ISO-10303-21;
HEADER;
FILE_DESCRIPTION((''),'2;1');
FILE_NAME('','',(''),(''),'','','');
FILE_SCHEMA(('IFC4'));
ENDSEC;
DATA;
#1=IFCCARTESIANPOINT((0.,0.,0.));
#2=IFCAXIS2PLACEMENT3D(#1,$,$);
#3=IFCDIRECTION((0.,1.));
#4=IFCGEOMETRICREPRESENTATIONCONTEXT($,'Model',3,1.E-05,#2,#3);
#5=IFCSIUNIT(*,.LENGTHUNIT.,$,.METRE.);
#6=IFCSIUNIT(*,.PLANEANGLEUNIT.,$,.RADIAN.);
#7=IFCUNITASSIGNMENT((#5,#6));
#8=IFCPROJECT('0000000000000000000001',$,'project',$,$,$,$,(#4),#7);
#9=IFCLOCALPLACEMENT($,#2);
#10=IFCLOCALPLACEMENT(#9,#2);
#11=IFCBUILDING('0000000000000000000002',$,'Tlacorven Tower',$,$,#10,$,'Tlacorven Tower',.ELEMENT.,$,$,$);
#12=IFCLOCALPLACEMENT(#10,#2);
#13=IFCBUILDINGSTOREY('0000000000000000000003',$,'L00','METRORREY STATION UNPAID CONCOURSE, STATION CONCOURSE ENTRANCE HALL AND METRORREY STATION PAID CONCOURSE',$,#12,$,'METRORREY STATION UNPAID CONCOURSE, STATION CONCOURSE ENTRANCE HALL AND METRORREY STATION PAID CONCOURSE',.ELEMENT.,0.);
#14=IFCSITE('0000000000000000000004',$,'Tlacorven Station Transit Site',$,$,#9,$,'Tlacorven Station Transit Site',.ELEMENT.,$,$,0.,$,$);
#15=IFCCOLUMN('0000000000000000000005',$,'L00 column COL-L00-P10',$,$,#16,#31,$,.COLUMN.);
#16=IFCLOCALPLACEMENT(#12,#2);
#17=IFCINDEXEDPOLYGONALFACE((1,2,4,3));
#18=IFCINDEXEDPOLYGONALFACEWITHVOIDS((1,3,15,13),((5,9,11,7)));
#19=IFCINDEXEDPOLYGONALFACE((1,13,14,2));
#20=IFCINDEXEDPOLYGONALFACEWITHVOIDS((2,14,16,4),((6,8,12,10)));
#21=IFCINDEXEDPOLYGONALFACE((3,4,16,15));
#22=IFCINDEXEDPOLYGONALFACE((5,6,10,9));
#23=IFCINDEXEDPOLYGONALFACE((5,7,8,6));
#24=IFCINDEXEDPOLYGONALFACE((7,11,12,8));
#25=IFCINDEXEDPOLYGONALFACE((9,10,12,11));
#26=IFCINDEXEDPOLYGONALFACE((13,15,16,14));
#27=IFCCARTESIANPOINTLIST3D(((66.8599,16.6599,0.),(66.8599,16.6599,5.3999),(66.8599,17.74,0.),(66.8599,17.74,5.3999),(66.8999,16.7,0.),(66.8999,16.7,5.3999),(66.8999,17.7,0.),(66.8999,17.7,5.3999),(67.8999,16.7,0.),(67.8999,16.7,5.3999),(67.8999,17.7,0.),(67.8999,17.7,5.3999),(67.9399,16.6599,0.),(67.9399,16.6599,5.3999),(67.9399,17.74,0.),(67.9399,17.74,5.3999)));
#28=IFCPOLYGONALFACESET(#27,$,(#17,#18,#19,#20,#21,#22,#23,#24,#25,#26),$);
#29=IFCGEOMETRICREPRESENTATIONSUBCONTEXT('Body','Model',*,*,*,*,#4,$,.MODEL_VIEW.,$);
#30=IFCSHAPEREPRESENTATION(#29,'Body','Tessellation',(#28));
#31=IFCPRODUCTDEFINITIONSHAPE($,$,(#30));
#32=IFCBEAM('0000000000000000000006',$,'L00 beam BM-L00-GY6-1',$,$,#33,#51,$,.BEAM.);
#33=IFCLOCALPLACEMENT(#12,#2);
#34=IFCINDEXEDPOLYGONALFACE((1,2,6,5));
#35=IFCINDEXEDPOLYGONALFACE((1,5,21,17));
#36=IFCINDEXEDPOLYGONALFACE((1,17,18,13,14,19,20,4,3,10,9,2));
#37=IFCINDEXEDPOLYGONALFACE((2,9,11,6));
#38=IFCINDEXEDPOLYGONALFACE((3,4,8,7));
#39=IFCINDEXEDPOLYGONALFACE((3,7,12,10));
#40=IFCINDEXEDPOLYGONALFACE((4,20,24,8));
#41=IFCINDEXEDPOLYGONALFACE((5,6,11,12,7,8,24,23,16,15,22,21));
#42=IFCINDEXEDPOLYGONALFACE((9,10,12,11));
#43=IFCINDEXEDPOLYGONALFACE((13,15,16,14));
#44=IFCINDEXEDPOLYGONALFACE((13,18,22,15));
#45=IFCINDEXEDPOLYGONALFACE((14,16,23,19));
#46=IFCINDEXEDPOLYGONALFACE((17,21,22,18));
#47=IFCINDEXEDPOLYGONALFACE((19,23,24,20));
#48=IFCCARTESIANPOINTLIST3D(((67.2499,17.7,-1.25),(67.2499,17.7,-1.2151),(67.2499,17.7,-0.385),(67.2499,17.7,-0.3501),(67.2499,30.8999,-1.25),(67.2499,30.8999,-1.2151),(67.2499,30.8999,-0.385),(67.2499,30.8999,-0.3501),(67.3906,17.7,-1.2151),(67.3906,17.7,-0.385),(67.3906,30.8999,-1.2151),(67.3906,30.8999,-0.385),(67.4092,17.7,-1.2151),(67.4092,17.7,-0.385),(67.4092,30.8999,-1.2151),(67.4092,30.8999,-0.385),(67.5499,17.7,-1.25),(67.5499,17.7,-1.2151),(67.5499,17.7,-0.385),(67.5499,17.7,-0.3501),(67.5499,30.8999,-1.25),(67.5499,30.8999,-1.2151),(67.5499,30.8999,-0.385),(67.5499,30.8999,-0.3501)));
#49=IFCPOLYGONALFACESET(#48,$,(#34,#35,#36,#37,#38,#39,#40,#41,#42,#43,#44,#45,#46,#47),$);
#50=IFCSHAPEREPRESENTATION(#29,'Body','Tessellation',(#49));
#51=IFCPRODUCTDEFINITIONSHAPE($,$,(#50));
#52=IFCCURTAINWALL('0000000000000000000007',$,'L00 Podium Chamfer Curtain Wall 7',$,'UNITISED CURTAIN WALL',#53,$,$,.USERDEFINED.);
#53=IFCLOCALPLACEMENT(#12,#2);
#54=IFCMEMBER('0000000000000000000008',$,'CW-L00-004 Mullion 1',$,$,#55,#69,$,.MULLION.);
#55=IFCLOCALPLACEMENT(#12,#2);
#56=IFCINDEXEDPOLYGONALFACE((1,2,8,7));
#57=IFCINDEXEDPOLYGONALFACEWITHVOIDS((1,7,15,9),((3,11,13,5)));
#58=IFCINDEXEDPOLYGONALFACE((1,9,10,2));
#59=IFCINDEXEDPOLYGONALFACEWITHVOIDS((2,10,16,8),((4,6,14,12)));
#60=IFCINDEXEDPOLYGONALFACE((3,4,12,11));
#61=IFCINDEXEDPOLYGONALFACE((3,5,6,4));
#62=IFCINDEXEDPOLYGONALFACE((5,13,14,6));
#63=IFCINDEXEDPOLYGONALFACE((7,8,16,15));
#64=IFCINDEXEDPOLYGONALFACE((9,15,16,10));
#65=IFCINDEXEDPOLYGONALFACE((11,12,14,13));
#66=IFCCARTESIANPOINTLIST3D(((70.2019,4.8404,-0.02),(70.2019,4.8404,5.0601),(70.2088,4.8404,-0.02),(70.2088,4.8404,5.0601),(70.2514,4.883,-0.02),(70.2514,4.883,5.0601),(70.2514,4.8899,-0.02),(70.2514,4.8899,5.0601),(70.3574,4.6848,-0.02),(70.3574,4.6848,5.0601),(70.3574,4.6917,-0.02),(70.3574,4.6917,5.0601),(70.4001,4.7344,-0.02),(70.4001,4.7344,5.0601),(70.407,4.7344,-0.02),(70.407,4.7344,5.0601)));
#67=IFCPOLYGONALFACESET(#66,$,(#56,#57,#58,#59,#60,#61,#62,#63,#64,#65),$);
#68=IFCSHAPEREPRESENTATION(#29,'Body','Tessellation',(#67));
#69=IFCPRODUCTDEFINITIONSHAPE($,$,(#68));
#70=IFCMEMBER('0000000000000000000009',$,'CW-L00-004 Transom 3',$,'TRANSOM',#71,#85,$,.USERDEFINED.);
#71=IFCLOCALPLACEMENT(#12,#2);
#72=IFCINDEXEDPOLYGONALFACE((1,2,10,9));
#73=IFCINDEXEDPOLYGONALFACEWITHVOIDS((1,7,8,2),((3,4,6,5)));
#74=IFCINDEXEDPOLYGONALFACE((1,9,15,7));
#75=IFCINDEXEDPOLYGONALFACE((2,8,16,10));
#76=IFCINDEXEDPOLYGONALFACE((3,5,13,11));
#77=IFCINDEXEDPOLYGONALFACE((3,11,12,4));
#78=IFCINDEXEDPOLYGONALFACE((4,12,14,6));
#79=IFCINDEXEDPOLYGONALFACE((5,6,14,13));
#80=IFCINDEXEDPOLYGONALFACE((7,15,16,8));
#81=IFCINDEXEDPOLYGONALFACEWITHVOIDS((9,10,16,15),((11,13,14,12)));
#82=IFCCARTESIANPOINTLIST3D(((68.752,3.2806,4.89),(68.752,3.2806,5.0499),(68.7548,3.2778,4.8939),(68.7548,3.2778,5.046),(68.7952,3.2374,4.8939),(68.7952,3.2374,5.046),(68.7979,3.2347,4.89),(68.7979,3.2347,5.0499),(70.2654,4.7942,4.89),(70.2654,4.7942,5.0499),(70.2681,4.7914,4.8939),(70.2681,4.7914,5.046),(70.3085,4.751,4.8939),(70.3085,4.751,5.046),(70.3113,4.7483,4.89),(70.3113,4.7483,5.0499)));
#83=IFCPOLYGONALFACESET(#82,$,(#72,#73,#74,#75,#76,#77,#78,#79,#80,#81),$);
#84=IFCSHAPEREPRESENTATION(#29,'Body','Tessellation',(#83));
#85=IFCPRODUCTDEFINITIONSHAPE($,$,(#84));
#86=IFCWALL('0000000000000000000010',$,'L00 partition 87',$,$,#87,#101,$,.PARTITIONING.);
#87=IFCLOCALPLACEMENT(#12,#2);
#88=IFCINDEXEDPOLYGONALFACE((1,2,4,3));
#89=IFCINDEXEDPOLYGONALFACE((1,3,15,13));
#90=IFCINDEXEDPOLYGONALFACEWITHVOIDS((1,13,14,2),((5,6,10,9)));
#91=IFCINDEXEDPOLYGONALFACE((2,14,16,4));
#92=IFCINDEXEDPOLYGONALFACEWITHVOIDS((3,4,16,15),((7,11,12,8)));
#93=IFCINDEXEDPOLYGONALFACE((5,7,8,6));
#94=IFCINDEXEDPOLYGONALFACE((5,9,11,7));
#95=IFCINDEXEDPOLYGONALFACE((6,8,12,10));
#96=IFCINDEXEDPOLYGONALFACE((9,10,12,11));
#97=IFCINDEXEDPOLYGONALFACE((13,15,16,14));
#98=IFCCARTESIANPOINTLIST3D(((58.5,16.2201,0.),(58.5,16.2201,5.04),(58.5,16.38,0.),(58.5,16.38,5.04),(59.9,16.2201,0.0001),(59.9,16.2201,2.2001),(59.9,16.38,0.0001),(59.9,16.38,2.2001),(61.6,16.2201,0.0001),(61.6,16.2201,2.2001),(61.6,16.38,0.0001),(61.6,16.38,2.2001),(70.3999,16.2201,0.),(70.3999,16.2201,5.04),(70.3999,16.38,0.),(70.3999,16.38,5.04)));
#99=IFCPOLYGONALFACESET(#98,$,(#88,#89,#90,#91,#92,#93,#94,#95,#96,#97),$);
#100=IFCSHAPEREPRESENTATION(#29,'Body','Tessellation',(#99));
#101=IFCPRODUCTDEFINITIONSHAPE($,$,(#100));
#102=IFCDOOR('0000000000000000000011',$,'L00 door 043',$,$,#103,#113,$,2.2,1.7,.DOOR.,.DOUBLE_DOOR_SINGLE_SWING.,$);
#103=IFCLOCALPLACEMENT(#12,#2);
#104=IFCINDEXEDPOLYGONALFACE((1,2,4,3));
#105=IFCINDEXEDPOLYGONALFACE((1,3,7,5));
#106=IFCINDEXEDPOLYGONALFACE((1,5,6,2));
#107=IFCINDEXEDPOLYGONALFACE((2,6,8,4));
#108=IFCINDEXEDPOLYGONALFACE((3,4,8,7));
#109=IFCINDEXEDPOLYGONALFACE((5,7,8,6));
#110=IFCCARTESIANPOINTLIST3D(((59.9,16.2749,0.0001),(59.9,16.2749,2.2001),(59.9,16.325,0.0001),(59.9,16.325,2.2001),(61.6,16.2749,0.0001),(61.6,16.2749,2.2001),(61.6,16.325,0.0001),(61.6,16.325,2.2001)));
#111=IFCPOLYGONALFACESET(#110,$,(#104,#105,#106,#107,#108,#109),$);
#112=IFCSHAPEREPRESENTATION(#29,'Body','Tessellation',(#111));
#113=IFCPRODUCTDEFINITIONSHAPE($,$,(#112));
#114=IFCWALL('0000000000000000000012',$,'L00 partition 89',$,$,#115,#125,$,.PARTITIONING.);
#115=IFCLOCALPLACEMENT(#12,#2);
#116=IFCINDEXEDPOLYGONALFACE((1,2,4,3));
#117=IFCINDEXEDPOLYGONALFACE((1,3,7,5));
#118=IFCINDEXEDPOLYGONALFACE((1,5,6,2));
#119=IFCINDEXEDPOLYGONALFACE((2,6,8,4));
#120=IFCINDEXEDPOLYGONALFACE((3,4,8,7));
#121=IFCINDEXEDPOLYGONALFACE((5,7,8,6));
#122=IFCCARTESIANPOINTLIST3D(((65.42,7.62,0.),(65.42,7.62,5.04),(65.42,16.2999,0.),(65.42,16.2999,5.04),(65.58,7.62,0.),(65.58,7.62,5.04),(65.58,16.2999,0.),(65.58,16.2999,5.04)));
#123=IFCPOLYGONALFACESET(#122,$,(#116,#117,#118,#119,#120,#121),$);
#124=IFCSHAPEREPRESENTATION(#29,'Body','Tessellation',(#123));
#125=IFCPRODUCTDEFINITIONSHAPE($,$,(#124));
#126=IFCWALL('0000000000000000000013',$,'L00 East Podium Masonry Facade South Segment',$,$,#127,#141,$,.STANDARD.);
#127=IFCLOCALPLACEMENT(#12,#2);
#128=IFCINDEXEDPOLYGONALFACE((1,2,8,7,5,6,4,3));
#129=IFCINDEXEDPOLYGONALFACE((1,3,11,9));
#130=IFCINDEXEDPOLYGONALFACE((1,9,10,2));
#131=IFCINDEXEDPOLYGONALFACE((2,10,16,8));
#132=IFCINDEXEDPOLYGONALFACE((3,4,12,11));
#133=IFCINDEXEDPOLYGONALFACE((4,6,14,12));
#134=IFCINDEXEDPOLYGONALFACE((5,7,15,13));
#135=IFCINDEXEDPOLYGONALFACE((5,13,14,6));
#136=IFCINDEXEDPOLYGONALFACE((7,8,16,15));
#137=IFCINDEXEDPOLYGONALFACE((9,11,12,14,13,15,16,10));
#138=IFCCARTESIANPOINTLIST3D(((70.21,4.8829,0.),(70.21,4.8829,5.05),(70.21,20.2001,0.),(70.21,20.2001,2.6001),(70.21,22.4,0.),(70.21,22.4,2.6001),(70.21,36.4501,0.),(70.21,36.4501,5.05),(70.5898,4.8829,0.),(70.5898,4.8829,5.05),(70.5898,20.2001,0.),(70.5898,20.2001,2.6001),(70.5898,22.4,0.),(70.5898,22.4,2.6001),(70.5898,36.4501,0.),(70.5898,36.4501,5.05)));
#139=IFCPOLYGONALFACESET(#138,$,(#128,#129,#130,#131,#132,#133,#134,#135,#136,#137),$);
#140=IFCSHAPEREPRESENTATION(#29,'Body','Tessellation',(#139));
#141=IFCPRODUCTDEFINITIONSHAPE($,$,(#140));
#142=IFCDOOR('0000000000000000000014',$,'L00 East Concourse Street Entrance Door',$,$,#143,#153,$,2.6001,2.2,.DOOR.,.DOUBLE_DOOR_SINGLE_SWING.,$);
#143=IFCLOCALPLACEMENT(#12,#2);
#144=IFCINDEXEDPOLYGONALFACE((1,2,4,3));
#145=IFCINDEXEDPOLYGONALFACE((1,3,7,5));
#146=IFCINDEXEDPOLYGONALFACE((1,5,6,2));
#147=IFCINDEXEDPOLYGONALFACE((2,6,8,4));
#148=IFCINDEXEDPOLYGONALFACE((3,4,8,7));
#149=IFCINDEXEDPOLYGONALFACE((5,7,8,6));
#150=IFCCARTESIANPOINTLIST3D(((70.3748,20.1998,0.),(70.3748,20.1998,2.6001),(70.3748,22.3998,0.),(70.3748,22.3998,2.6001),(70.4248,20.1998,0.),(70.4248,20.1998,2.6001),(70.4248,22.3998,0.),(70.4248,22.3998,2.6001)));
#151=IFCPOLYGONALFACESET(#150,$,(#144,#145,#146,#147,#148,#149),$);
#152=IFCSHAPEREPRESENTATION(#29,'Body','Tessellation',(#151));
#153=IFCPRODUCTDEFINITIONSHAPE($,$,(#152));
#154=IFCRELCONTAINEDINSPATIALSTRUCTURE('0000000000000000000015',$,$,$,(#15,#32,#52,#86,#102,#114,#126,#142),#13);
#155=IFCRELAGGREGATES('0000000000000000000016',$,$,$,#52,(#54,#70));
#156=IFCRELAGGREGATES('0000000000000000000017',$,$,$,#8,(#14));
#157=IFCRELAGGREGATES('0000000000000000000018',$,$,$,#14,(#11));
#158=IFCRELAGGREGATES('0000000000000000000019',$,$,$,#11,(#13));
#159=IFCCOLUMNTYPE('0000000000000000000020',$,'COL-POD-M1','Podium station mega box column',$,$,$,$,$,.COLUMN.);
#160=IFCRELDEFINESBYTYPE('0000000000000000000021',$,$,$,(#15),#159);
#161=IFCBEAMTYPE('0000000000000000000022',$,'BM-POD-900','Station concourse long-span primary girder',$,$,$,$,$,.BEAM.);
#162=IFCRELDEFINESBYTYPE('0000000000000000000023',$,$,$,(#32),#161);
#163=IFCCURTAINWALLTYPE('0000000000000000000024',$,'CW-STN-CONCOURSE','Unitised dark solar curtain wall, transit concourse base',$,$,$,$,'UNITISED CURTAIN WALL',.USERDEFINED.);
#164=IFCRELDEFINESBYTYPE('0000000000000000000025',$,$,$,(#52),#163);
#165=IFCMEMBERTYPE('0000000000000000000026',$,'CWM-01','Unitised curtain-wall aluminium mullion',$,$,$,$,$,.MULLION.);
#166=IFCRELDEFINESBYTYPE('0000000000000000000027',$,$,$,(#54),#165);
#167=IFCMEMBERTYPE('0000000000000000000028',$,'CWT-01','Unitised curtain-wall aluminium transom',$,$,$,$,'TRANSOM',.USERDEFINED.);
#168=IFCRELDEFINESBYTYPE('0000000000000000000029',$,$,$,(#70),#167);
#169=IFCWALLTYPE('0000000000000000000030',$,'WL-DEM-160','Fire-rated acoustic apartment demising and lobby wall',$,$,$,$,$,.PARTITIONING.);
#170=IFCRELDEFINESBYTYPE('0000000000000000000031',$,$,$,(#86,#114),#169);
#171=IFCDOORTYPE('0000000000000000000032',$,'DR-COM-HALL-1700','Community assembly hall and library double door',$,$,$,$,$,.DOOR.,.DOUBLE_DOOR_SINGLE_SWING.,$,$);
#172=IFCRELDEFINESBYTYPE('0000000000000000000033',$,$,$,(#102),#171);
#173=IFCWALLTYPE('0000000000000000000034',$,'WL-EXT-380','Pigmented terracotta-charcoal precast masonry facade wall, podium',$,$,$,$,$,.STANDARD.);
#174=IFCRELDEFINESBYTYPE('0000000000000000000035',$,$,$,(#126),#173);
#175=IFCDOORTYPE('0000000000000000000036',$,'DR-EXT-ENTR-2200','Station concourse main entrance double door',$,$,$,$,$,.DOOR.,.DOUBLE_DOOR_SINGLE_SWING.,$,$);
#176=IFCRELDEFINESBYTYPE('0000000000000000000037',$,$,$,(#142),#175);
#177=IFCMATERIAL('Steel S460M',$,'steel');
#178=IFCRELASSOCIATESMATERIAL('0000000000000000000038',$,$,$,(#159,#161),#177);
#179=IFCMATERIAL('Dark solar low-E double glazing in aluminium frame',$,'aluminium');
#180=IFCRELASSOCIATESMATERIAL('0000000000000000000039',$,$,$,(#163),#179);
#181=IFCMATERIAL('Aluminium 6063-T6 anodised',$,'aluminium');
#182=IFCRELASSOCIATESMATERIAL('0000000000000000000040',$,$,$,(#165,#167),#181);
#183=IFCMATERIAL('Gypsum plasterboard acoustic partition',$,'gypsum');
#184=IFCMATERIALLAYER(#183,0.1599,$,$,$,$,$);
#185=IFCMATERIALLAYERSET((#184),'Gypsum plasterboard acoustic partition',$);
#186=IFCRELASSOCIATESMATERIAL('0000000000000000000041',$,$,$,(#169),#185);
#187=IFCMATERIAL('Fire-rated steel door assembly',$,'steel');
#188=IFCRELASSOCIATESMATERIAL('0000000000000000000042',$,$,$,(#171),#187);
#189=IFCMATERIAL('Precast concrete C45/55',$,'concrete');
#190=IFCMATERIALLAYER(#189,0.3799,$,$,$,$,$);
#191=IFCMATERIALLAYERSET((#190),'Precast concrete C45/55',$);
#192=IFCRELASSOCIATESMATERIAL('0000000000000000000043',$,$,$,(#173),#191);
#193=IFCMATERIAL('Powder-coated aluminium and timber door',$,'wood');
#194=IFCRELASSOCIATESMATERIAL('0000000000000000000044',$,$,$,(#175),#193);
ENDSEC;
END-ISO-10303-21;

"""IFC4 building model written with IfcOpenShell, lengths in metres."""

from ifc_helpers import new_model, si_unit, direction, frame, frame_2d, origin, origin_2d, place, context, subcontext, project, spatial, rectangle, hollow_rectangle, i_section, extrude, source, transform, mapped, material, layer, layer_set, material_profile, profile_set, type_object, element, fill, aggregate, save


model = new_model("IFC4")

# Units and contexts
model_context = context("Model", 3, precision=1e-05, world=origin(), true_north=direction((0.0, 1.0)))
body_context = subcontext(model_context, "Body", "Model", "MODEL_VIEW")
ifc_project = project(units=[si_unit("LENGTHUNIT", "METRE"), si_unit("PLANEANGLEUNIT", "RADIAN")], contexts=[model_context])

# Site, building, storey
site_placement = place(None, origin())
site = spatial("IfcSite", under=ifc_project, at=site_placement, Name="Tlacorven Station Transit Site", LongName="Tlacorven Station Transit Site", CompositionType="ELEMENT", RefElevation=0.0)
building_placement = place(site_placement, origin())
building = spatial("IfcBuilding", under=site, at=building_placement, Name="Tlacorven Tower", LongName="Tlacorven Tower", CompositionType="ELEMENT")
storey_placement = place(building_placement, origin())
storey = spatial("IfcBuildingStorey", under=building, at=storey_placement, Name="L00", Description="METRORREY STATION UNPAID CONCOURSE, STATION CONCOURSE ENTRANCE HALL AND METRORREY STATION PAID CONCOURSE", LongName="METRORREY STATION UNPAID CONCOURSE, STATION CONCOURSE ENTRANCE HALL AND METRORREY STATION PAID CONCOURSE", CompositionType="ELEMENT", Elevation=0.0)

# Column
ifc_material_1 = material(Name="Steel S460M", Category="steel")
ifc_material_profile_1 = material_profile(ifc_material_1, hollow_rectangle(XDim=1.0801, YDim=1.0801, WallThickness=0.04, at=origin_2d()), Name="BOX 1080X1080X40")
ifc_profile_set_1 = profile_set([ifc_material_profile_1], Name="Steel S460M")
column_type = type_object("IfcColumnType", Name="COL-POD-M1", Description="Podium station mega box column", PredefinedType="COLUMN", material=ifc_profile_set_1)
shared_shape_1 = source(origin(), body_context, "Body", "SweptSolid", [
    extrude(hollow_rectangle(XDim=1.0801, YDim=1.0801, WallThickness=0.04, at=origin_2d()), origin(), (0.0, 0.0, 1.0), 5.3999),
])
column_placement = place(storey_placement, frame((67.3999, 17.2, 0.0), z_axis=(0.0, 0.0, 1.0), x_axis=(1.0, 0.0, 0.0)))
element("IfcColumn", 1, at=column_placement, inside=storey, type_object=column_type, Name="L00 column COL-L00-P10", PredefinedType="COLUMN", context=body_context, shape_type="MappedRepresentation", body=[
    mapped(shared_shape_1, transform((0.0, 0.0, 0.0), scale=1.0)),
])

# Beam
ifc_material_profile_2 = material_profile(ifc_material_1, i_section(OverallWidth=0.3, OverallDepth=0.8999, WebThickness=0.0186, FlangeThickness=0.0349, at=origin_2d()), Name="HEB 900")
ifc_profile_set_2 = profile_set([ifc_material_profile_2], Name="Steel S460M")
beam_type = type_object("IfcBeamType", Name="BM-POD-900", Description="Station concourse long-span primary girder", PredefinedType="BEAM", material=ifc_profile_set_2)
shared_shape_2 = source(origin(), body_context, "Body", "SweptSolid", [
    extrude(i_section(OverallWidth=0.3, OverallDepth=0.8999, WebThickness=0.0186, FlangeThickness=0.0349, at=origin_2d()), origin(), (0.0, 0.0, 1.0), 13.2),
])
beam_placement = place(storey_placement, frame((67.3999, 17.7, -0.8), z_axis=(0.0, 1.0, 0.0), x_axis=(-1.0, 0.0, 0.0)))
element("IfcBeam", 2, at=beam_placement, inside=storey, type_object=beam_type, Name="L00 beam BM-L00-GY6-1", PredefinedType="BEAM", context=body_context, shape_type="MappedRepresentation", body=[
    mapped(shared_shape_2, transform((0.0, 0.0, 0.0), scale=1.0)),
])

# Curtain wall, members
ifc_material_2 = material(Name="Dark solar low-E double glazing in aluminium frame", Category="aluminium")
curtain_wall_type = type_object("IfcCurtainWallType", Name="CW-STN-CONCOURSE", Description="Unitised dark solar curtain wall, transit concourse base", ElementType="UNITISED CURTAIN WALL", PredefinedType="USERDEFINED", material=ifc_material_2)
curtain_wall_placement = place(storey_placement, origin())
curtain_wall = element("IfcCurtainWall", 3, at=curtain_wall_placement, inside=storey, type_object=curtain_wall_type, Name="L00 Podium Chamfer Curtain Wall 7", ObjectType="UNITISED CURTAIN WALL", PredefinedType="USERDEFINED")
ifc_material_3 = material(Name="Aluminium 6063-T6 anodised", Category="aluminium")
ifc_material_profile_3 = material_profile(ifc_material_3, hollow_rectangle(XDim=0.0701, YDim=0.22, WallThickness=0.0049, at=origin_2d()), Name="ALU MULLION 70X220")
ifc_profile_set_3 = profile_set([ifc_material_profile_3], Name="Aluminium 6063-T6 anodised")
member_type_1 = type_object("IfcMemberType", Name="CWM-01", Description="Unitised curtain-wall aluminium mullion", PredefinedType="MULLION", material=ifc_profile_set_3)
shared_shape_3 = source(origin(), body_context, "Body", "SweptSolid", [
    extrude(hollow_rectangle(XDim=0.0701, YDim=0.22, WallThickness=0.0049, at=origin_2d()), origin(), (0.0, 0.0, 1.0), 5.0801),
])
member_1_placement = place(storey_placement, frame((70.3044, 4.7874, -0.02), z_axis=(0.0, 0.0, 1.0), x_axis=(-0.707107, -0.707107, 0.0)))
member_1 = element("IfcMember", 4, at=member_1_placement, type_object=member_type_1, Name="CW-L00-004 Mullion 1", PredefinedType="MULLION", context=body_context, shape_type="MappedRepresentation", body=[
    mapped(shared_shape_3, transform((0.0, 0.0, 0.0), scale=1.0)),
])
ifc_material_profile_4 = material_profile(ifc_material_3, hollow_rectangle(XDim=0.0649, YDim=0.1599, WallThickness=0.0039, at=origin_2d()), Name="ALU TRANSOM 65X160")
ifc_profile_set_4 = profile_set([ifc_material_profile_4], Name="Aluminium 6063-T6 anodised")
member_type_2 = type_object("IfcMemberType", Name="CWT-01", Description="Unitised curtain-wall aluminium transom", ElementType="TRANSOM", PredefinedType="USERDEFINED", material=ifc_profile_set_4)
shared_shape_4 = source(origin(), body_context, "Body", "SweptSolid", [
    extrude(hollow_rectangle(XDim=0.0649, YDim=0.1599, WallThickness=0.0039, at=origin_2d()), origin(), (0.0, 0.0, 1.0), 2.1404),
])
member_2_placement = place(storey_placement, frame((70.2883, 4.7712, 4.97), z_axis=(-0.70705, -0.707164, 0.0), x_axis=(0.707164, -0.70705, 0.0)))
member_2 = element("IfcMember", 5, at=member_2_placement, type_object=member_type_2, Name="CW-L00-004 Transom 3", ObjectType="TRANSOM", PredefinedType="USERDEFINED", context=body_context, shape_type="MappedRepresentation", body=[
    mapped(shared_shape_4, transform((0.0, 0.0, 0.0), scale=1.0)),
])
aggregate(curtain_wall, [member_1, member_2])

# Wall, opening, door
ifc_material_4 = material(Name="Gypsum plasterboard acoustic partition", Category="gypsum")
ifc_layer_1 = layer(ifc_material_4, 0.1599)
ifc_layer_set_1 = layer_set([ifc_layer_1], Name="Gypsum plasterboard acoustic partition")
wall_type_1 = type_object("IfcWallType", Name="WL-DEM-160", Description="Fire-rated acoustic apartment demising and lobby wall", PredefinedType="PARTITIONING", material=ifc_layer_set_1)
wall_1_placement = place(storey_placement, frame((58.5, 16.3, 0.0), z_axis=(0.0, 0.0, 1.0), x_axis=(1.0, 0.0, 0.0)))
wall_1 = element("IfcWall", 6, at=wall_1_placement, inside=storey, type_object=wall_type_1, Name="L00 partition 87", PredefinedType="PARTITIONING", context=body_context, shape_type="SweptSolid", body=[
    extrude(rectangle(XDim=11.8999, YDim=0.1599, at=frame_2d((5.95, 0.0))), origin(), (0.0, 0.0, 1.0), 5.04),
])
opening_1_placement = place(wall_1_placement, frame((1.3999, 0.0, 0.0)))
opening_1 = element("IfcOpeningElement", 7, at=opening_1_placement, cuts=wall_1, PredefinedType="OPENING", context=body_context, shape_type="SweptSolid", body=[
    extrude(rectangle(XDim=1.7, YDim=2.2, at=frame_2d((0.8501, 1.1001))), frame((0.0, 0.0898, 0.0), z_axis=(0.0, -1.0, 0.0), x_axis=(1.0, 0.0, 0.0)), (0.0, 0.0, 1.0), 0.1799),
])
ifc_material_5 = material(Name="Fire-rated steel door assembly", Category="steel")
door_type_1 = type_object("IfcDoorType", Name="DR-COM-HALL-1700", Description="Community assembly hall and library double door", OperationType="DOUBLE_DOOR_SINGLE_SWING", PredefinedType="DOOR", material=ifc_material_5)
shared_shape_5 = source(origin(), body_context, "Body", "SweptSolid", [
    extrude(rectangle(XDim=1.7, YDim=2.2, at=frame_2d((0.8501, 1.1001))), frame((0.0, 0.0249, 0.0), z_axis=(0.0, -1.0, 0.0), x_axis=(1.0, 0.0, 0.0)), (0.0, 0.0, 1.0), 0.05),
])
door_1_placement = place(opening_1_placement, origin())
door_1 = element("IfcDoor", 8, at=door_1_placement, inside=storey, type_object=door_type_1, Name="L00 door 043", OperationType="DOUBLE_DOOR_SINGLE_SWING", OverallHeight=2.2, OverallWidth=1.7, PredefinedType="DOOR", context=body_context, shape_type="MappedRepresentation", body=[
    mapped(shared_shape_5, transform((0.0, 0.0, 0.0), scale=1.0)),
])
fill(opening_1, door_1)

# Wall
wall_2_placement = place(storey_placement, frame((65.5, 7.6201, 0.0), z_axis=(0.0, 0.0, 1.0), x_axis=(0.0, 1.0, 0.0)))
element("IfcWall", 9, at=wall_2_placement, inside=storey, type_object=wall_type_1, Name="L00 partition 89", PredefinedType="PARTITIONING", context=body_context, shape_type="SweptSolid", body=[
    extrude(rectangle(XDim=8.6799, YDim=0.1599, at=frame_2d((4.3398, 0.0))), origin(), (0.0, 0.0, 1.0), 5.04),
])

# Wall, opening, door
ifc_material_6 = material(Name="Precast concrete C45/55", Category="concrete")
ifc_layer_2 = layer(ifc_material_6, 0.3799)
ifc_layer_set_2 = layer_set([ifc_layer_2], Name="Precast concrete C45/55")
wall_type_2 = type_object("IfcWallType", Name="WL-EXT-380", Description="Pigmented terracotta-charcoal precast masonry facade wall, podium", PredefinedType="STANDARD", material=ifc_layer_set_2)
wall_3_placement = place(storey_placement, frame((70.3999, 4.8828, 0.0), z_axis=(0.0, 0.0, 1.0), x_axis=(0.0, 1.0, 0.0)))
wall_3 = element("IfcWall", 10, at=wall_3_placement, inside=storey, type_object=wall_type_2, Name="L00 East Podium Masonry Facade South Segment", PredefinedType="STANDARD", context=body_context, shape_type="SweptSolid", body=[
    extrude(rectangle(XDim=31.5671, YDim=0.3799, at=frame_2d((15.7837, 0.0))), origin(), (0.0, 0.0, 1.0), 5.05),
])
opening_2_placement = place(wall_3_placement, frame((15.3171, 0.0, 0.0)))
opening_2 = element("IfcOpeningElement", 11, at=opening_2_placement, cuts=wall_3, PredefinedType="OPENING", context=body_context, shape_type="SweptSolid", body=[
    extrude(rectangle(XDim=2.2, YDim=2.6001, at=frame_2d((1.1001, 1.3))), frame((0.0, 0.2, 0.0), z_axis=(0.0, -1.0, 0.0), x_axis=(1.0, 0.0, 0.0)), (0.0, 0.0, 1.0), 0.3999),
])
ifc_material_7 = material(Name="Powder-coated aluminium and timber door", Category="wood")
door_type_2 = type_object("IfcDoorType", Name="DR-EXT-ENTR-2200", Description="Station concourse main entrance double door", OperationType="DOUBLE_DOOR_SINGLE_SWING", PredefinedType="DOOR", material=ifc_material_7)
shared_shape_6 = source(origin(), body_context, "Body", "SweptSolid", [
    extrude(rectangle(XDim=2.2, YDim=2.6001, at=frame_2d((1.1001, 1.3))), frame((0.0, 0.0249, 0.0), z_axis=(0.0, -1.0, 0.0), x_axis=(1.0, 0.0, 0.0)), (0.0, 0.0, 1.0), 0.05),
])
door_2_placement = place(opening_2_placement, frame((2.2, 0.0, 0.0), z_axis=(0.0, 0.0, 1.0), x_axis=(-1.0, 0.0, 0.0)))
door_2 = element("IfcDoor", 12, at=door_2_placement, inside=storey, type_object=door_type_2, Name="L00 East Concourse Street Entrance Door", OperationType="DOUBLE_DOOR_SINGLE_SWING", OverallHeight=2.6001, OverallWidth=2.2, PredefinedType="DOOR", context=body_context, shape_type="MappedRepresentation", body=[
    mapped(shared_shape_6, transform((0.0, 0.0, 0.0), scale=1.0)),
])
fill(opening_2, door_2)

save(model, "model.ifc")
